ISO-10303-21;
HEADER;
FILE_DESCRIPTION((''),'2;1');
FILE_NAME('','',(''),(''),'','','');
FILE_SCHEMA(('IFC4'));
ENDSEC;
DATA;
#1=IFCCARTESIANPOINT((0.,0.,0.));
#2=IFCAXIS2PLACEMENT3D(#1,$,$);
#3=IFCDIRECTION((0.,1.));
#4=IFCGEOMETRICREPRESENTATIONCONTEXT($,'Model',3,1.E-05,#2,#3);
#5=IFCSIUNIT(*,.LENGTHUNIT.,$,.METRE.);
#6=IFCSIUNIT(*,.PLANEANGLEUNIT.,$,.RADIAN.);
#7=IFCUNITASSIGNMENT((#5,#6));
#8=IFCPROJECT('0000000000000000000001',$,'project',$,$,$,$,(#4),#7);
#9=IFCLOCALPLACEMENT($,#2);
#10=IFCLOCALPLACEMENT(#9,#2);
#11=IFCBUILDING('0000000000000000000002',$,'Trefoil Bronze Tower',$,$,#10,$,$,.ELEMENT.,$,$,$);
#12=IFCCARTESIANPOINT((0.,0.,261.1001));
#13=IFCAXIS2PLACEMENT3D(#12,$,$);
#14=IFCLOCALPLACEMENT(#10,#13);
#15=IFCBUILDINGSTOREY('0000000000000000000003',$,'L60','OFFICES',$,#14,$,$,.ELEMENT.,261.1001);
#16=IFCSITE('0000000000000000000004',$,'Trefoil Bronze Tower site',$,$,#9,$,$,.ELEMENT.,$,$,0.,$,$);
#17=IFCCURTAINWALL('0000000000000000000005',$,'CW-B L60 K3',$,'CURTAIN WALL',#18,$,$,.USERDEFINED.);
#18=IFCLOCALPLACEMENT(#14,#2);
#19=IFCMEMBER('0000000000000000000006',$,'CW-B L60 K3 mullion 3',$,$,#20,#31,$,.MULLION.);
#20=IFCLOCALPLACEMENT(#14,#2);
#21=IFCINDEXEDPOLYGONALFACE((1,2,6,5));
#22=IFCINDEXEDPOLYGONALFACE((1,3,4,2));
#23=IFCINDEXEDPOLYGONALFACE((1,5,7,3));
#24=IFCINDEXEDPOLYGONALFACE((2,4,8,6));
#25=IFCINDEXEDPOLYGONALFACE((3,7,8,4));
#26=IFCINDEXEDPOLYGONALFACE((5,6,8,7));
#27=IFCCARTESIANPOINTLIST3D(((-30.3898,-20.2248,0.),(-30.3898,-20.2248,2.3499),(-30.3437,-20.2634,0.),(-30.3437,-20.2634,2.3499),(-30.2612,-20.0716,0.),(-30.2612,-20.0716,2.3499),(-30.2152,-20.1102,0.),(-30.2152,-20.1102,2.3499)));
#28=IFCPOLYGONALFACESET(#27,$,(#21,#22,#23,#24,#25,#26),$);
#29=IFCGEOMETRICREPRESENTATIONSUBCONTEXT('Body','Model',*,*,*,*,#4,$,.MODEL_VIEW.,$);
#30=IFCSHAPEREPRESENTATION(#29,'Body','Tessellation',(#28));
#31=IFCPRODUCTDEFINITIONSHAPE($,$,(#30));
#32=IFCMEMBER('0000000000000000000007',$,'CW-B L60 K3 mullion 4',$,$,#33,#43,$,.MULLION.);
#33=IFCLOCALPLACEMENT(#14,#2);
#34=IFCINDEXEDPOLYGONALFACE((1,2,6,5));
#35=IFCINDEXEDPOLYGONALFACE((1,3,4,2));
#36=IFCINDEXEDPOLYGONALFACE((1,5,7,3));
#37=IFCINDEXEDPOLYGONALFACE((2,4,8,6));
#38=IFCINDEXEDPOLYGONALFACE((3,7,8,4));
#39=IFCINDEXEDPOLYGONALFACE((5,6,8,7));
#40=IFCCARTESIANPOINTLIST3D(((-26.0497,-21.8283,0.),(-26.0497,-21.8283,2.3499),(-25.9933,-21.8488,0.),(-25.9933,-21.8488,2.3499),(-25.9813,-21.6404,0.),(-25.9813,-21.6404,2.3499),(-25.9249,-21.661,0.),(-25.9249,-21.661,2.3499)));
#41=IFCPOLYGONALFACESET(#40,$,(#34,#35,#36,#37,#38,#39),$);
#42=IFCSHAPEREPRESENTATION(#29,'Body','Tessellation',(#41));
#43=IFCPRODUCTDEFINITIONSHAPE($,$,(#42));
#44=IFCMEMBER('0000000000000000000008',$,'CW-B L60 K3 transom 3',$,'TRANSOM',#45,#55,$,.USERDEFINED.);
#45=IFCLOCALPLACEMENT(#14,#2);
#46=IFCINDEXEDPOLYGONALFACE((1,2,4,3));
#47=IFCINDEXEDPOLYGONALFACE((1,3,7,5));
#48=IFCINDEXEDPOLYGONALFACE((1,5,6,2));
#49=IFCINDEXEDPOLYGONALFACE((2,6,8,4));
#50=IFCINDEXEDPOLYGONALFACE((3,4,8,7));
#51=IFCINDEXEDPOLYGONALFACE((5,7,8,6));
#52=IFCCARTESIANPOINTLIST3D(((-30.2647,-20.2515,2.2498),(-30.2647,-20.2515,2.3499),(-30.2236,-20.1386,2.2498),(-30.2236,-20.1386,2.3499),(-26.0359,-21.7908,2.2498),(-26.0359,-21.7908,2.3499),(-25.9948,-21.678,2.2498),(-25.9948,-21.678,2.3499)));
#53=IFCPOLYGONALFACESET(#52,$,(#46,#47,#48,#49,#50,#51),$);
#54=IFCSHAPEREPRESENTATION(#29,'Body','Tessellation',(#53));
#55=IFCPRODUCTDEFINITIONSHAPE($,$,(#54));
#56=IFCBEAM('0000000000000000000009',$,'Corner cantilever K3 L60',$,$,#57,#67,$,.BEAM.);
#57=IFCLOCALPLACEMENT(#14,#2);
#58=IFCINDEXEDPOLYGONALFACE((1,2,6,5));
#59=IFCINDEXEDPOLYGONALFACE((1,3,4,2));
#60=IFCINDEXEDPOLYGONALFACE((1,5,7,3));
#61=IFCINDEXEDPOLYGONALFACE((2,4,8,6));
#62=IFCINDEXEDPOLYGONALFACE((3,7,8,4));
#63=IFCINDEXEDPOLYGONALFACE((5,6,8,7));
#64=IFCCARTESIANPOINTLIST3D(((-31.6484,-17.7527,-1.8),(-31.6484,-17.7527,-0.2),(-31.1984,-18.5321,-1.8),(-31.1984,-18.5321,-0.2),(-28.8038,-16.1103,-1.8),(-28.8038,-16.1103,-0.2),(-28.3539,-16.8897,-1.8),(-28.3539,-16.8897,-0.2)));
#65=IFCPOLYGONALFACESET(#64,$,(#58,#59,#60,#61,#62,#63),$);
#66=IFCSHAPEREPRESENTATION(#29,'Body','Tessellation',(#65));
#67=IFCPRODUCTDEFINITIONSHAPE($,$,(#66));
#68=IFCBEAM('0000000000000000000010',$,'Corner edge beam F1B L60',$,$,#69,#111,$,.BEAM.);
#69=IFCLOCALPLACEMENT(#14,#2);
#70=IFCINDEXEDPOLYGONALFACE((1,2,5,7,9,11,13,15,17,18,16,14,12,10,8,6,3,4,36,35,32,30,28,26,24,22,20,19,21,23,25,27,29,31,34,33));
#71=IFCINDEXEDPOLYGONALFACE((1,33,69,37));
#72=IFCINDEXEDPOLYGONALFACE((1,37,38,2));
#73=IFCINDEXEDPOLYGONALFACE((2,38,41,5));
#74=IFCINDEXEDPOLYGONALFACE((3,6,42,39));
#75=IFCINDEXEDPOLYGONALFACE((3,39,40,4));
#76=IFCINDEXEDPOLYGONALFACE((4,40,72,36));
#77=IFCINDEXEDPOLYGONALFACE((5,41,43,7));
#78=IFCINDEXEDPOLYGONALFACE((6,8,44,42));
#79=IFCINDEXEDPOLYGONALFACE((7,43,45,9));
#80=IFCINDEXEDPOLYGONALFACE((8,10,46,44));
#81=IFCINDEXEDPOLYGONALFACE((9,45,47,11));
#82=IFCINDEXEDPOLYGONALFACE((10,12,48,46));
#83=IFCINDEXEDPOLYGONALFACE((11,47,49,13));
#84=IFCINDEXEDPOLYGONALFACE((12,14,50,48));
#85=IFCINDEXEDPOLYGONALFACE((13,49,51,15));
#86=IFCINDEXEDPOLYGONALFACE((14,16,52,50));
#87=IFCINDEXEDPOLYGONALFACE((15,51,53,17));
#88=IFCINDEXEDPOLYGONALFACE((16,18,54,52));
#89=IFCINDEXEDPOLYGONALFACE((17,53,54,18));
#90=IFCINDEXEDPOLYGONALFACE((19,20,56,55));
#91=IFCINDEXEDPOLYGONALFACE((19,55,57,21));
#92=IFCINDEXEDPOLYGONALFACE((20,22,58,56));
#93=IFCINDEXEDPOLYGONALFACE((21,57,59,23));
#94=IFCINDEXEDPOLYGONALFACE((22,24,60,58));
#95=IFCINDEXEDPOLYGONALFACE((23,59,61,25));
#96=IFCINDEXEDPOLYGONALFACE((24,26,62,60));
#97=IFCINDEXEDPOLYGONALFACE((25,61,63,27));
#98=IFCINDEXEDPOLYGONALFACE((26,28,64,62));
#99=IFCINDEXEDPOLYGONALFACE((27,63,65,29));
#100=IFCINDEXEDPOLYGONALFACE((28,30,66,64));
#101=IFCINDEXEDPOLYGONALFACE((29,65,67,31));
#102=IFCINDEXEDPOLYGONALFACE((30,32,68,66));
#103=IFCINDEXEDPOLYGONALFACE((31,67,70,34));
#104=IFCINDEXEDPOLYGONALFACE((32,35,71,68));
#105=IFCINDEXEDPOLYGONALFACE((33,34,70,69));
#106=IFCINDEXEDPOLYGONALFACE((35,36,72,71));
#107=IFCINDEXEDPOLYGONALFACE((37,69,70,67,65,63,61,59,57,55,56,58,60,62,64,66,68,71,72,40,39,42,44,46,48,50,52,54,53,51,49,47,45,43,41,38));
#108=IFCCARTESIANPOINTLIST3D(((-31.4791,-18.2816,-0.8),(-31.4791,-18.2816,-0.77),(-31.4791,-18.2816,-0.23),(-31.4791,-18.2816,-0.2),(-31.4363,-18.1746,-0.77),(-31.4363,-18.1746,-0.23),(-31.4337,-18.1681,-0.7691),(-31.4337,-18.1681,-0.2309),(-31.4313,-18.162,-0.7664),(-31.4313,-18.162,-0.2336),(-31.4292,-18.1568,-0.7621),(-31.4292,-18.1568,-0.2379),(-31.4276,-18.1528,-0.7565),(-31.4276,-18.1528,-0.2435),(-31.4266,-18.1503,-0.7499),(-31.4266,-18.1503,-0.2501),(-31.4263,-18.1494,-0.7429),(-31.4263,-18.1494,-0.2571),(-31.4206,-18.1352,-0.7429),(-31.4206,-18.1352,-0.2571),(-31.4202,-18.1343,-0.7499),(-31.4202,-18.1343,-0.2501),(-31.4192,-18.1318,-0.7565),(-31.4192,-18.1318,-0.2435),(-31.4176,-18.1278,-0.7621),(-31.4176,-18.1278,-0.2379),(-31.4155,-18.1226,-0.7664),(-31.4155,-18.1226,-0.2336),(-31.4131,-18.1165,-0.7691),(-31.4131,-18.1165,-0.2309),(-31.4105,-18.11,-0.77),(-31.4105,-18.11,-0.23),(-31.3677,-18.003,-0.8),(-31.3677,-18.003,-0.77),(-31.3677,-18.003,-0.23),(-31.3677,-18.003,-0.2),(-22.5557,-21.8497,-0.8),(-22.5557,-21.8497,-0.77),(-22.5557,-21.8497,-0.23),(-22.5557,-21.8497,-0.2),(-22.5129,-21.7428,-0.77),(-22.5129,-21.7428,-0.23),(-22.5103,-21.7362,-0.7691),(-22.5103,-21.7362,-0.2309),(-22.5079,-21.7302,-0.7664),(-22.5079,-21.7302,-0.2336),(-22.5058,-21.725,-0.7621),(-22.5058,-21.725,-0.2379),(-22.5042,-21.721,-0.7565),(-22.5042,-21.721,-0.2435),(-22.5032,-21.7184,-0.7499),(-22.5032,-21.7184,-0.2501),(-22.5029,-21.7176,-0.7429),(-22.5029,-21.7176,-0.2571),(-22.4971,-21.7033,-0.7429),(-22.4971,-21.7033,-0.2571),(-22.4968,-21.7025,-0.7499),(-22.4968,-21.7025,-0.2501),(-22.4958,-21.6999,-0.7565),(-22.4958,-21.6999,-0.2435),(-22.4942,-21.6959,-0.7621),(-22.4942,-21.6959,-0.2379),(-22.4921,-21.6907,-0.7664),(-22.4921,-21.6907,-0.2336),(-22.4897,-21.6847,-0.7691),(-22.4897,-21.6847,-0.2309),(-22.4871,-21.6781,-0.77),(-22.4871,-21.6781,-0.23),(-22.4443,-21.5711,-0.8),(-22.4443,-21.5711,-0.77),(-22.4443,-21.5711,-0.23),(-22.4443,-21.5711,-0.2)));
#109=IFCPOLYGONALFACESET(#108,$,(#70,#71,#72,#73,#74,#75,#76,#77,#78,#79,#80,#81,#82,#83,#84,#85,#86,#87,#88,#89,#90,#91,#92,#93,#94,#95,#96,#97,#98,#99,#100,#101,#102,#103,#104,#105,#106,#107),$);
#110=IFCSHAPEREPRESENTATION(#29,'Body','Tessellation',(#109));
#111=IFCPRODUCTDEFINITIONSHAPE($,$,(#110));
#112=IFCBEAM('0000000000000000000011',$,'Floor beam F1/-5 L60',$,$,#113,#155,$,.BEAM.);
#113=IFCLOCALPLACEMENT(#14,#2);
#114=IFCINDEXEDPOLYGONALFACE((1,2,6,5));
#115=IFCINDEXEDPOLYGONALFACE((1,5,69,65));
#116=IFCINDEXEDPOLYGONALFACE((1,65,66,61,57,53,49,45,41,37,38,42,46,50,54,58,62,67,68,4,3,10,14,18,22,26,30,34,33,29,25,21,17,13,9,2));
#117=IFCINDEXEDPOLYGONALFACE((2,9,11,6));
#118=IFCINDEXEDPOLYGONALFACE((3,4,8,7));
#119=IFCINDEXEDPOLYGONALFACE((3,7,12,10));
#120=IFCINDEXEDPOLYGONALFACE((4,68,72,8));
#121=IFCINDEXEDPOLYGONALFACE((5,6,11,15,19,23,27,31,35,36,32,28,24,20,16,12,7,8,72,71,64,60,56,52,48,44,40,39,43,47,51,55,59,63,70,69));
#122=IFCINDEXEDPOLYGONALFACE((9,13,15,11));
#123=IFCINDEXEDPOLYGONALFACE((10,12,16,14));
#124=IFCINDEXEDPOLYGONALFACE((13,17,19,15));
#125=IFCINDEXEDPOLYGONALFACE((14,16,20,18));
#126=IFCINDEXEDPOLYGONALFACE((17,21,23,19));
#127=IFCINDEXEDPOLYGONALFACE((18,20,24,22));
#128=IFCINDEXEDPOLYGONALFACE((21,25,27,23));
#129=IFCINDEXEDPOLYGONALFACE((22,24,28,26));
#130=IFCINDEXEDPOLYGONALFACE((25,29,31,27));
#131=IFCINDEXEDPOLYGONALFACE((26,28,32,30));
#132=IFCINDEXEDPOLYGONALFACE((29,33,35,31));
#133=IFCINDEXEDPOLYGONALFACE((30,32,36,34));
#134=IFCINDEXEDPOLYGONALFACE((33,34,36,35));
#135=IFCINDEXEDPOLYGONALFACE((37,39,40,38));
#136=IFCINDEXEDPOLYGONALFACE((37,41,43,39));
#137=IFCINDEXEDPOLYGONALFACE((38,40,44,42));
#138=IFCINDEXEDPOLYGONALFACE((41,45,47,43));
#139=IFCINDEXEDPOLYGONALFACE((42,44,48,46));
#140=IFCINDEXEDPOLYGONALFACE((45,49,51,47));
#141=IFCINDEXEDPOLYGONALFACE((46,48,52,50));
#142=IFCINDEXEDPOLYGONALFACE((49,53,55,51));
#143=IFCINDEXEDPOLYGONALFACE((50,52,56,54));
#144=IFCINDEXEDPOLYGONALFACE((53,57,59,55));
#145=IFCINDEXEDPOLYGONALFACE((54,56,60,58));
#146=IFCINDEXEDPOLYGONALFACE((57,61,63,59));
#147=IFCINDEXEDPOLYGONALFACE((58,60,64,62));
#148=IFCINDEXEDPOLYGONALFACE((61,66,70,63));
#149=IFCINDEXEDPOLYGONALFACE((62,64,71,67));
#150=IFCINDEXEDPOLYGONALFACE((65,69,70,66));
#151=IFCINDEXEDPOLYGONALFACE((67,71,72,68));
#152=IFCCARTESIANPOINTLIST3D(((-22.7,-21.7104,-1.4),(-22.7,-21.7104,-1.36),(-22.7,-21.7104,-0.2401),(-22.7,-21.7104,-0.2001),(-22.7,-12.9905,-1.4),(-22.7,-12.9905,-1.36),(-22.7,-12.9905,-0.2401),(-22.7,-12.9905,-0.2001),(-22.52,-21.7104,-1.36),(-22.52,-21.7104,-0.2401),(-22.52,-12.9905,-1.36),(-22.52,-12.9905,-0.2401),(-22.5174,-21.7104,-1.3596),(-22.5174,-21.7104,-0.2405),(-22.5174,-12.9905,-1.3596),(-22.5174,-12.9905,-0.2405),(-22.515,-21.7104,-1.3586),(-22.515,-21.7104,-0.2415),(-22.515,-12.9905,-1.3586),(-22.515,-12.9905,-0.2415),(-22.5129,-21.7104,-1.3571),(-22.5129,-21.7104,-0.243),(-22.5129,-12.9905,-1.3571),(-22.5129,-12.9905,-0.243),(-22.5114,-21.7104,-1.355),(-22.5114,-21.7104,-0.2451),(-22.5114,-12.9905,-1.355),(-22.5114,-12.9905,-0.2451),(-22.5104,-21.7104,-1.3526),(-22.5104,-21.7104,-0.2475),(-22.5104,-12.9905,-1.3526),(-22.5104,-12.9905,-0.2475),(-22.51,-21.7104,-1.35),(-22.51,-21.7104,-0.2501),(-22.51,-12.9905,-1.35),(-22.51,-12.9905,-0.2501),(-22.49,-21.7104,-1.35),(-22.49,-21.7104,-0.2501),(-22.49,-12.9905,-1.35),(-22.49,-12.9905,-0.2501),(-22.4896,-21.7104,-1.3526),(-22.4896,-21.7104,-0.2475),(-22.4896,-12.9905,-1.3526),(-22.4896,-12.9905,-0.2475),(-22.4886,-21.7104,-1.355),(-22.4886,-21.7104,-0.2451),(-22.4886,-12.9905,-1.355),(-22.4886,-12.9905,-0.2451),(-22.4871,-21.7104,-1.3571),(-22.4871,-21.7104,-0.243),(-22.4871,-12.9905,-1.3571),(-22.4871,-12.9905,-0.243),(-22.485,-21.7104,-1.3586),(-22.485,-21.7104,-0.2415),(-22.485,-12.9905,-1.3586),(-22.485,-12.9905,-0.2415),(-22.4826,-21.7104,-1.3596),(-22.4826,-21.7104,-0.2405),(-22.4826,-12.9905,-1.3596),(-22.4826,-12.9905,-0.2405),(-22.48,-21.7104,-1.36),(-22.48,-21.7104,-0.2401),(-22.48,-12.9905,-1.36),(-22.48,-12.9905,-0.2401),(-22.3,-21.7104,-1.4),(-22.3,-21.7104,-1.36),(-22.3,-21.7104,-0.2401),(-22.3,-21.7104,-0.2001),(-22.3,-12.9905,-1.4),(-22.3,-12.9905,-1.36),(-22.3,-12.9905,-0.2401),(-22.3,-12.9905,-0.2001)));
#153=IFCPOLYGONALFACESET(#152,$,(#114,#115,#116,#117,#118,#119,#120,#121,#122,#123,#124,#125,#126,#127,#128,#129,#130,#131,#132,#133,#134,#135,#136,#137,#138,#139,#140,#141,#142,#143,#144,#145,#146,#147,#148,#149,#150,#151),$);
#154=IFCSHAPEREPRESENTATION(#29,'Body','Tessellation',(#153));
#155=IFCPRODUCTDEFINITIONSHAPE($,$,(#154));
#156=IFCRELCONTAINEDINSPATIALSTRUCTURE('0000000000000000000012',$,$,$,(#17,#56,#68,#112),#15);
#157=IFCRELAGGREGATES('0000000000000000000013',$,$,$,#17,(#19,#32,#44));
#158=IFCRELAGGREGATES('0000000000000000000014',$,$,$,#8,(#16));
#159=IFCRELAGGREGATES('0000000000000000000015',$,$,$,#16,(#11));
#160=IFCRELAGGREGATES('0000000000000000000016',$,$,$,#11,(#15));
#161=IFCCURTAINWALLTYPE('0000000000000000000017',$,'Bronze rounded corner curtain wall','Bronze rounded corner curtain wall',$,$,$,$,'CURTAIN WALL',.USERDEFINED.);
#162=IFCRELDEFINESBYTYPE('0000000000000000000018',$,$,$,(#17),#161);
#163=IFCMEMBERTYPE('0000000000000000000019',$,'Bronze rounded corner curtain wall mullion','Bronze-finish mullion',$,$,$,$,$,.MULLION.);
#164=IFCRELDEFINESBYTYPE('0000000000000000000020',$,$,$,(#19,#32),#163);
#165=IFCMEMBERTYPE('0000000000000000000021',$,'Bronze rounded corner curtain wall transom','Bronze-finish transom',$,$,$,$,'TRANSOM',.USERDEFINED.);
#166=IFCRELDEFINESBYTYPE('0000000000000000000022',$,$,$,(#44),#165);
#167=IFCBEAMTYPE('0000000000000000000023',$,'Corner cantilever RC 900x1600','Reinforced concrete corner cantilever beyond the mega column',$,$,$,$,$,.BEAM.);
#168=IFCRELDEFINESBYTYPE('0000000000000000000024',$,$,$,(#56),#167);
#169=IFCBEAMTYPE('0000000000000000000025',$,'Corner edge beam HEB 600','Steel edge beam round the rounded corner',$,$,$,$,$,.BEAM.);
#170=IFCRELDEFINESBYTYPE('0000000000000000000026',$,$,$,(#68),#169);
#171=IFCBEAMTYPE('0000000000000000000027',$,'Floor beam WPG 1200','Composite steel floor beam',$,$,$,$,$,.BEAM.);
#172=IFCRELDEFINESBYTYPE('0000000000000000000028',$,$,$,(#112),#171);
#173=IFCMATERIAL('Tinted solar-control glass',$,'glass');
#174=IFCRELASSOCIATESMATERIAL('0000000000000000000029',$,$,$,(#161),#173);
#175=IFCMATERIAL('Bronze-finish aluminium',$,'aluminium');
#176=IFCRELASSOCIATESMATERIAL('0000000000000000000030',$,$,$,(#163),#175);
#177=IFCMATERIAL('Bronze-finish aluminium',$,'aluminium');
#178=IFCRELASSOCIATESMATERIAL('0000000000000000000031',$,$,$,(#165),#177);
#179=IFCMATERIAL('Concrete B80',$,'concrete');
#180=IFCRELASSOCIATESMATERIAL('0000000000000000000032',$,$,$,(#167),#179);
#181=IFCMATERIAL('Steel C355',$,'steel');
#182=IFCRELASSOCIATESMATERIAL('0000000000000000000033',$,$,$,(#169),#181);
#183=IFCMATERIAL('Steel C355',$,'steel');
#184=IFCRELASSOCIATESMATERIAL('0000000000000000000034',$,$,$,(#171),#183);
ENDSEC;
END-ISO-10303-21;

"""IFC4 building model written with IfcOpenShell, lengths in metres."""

from ifc_helpers import new_model, si_unit, direction, frame, origin, origin_2d, place, context, subcontext, project, spatial, rectangle, i_section, extrude, material, material_profile, profile_set, type_object, element, aggregate, save


model = new_model("IFC4")

# Units and contexts
model_context = context("Model", 3, precision=1e-05, world=origin(), true_north=direction((0.0, 1.0)))
body_context = subcontext(model_context, "Body", "Model", "MODEL_VIEW")
ifc_project = project(units=[si_unit("LENGTHUNIT", "METRE"), si_unit("PLANEANGLEUNIT", "RADIAN")], contexts=[model_context])

# Site, building, storey
site_placement = place(None, origin())
site = spatial("IfcSite", under=ifc_project, at=site_placement, Name="Trefoil Bronze Tower site", CompositionType="ELEMENT", RefElevation=0.0)
building_placement = place(site_placement, origin())
building = spatial("IfcBuilding", under=site, at=building_placement, Name="Trefoil Bronze Tower", CompositionType="ELEMENT")
storey_placement = place(building_placement, frame((0.0, 0.0, 261.1001)))
storey = spatial("IfcBuildingStorey", under=building, at=storey_placement, Name="L60", Description="OFFICES", CompositionType="ELEMENT", Elevation=261.1001)

# Curtain wall, members
ifc_material_1 = material(Name="Tinted solar-control glass", Category="glass")
curtain_wall_type_1 = type_object("IfcCurtainWallType", Name="Bronze rounded corner curtain wall", Description="Bronze rounded corner curtain wall", ElementType="CURTAIN WALL", PredefinedType="USERDEFINED", material=ifc_material_1)
curtain_wall_1_placement = place(storey_placement, origin())
curtain_wall_1 = element("IfcCurtainWall", 1, at=curtain_wall_1_placement, inside=storey, type_object=curtain_wall_type_1, Name="CW-B L60 K3", ObjectType="CURTAIN WALL", PredefinedType="USERDEFINED")
ifc_material_2 = material(Name="Bronze-finish aluminium", Category="aluminium")
ifc_material_profile_1 = material_profile(ifc_material_2, rectangle(XDim=0.2, YDim=0.0601, at=origin_2d()), Name="CW-B mullion")
ifc_profile_set_1 = profile_set([ifc_material_profile_1], Name="Bronze-finish aluminium")
member_type_1 = type_object("IfcMemberType", Name="Bronze rounded corner curtain wall mullion", Description="Bronze-finish mullion", PredefinedType="MULLION", material=ifc_profile_set_1)
member_1_placement = place(storey_placement, frame((-30.3025, -20.1675, 0.0), z_axis=(0.0, 0.0, 1.0), x_axis=(0.642788, 0.766044, 0.0)))
member_1 = element("IfcMember", 2, at=member_1_placement, type_object=member_type_1, Name="CW-B L60 K3 mullion 3", PredefinedType="MULLION", context=body_context, shape_type="SweptSolid", body=[
    extrude(rectangle(XDim=0.2, YDim=0.0601, at=origin_2d()), origin(), (0.0, 0.0, 1.0), 2.3499),
])
member_2_placement = place(storey_placement, frame((-25.9873, -21.7446, 0.0), z_axis=(0.0, 0.0, 1.0), x_axis=(0.34202, 0.939693, 0.0)))
member_2 = element("IfcMember", 3, at=member_2_placement, type_object=member_type_1, Name="CW-B L60 K3 mullion 4", PredefinedType="MULLION", context=body_context, shape_type="SweptSolid", body=[
    extrude(rectangle(XDim=0.2, YDim=0.0601, at=origin_2d()), origin(), (0.0, 0.0, 1.0), 2.3499),
])
ifc_material_3 = material(Name="Bronze-finish aluminium", Category="aluminium")
ifc_material_profile_2 = material_profile(ifc_material_3, rectangle(XDim=0.1201, YDim=0.1001, at=origin_2d()), Name="CW-B transom")
ifc_profile_set_2 = profile_set([ifc_material_profile_2], Name="Bronze-finish aluminium")
member_type_2 = type_object("IfcMemberType", Name="Bronze rounded corner curtain wall transom", Description="Bronze-finish transom", ElementType="TRANSOM", PredefinedType="USERDEFINED", material=ifc_profile_set_2)
member_3_placement = place(storey_placement, frame((-30.2441, -20.1951, 2.2998), z_axis=(0.939681, -0.342052, 0.0), x_axis=(0.342052, 0.939681, 0.0)))
member_3 = element("IfcMember", 4, at=member_3_placement, type_object=member_type_2, Name="CW-B L60 K3 transom 3", ObjectType="TRANSOM", PredefinedType="USERDEFINED", context=body_context, shape_type="SweptSolid", body=[
    extrude(rectangle(XDim=0.1201, YDim=0.1001, at=origin_2d()), origin(), (0.0, 0.0, 1.0), 4.5002),
])

# Beams
ifc_material_4 = material(Name="Concrete B80", Category="concrete")
ifc_material_profile_3 = material_profile(ifc_material_4, rectangle(XDim=0.8999, YDim=1.6001, at=origin_2d()), Name="RC 900x1600")
ifc_profile_set_3 = profile_set([ifc_material_profile_3], Name="Concrete B80")
beam_type_1 = type_object("IfcBeamType", Name="Corner cantilever RC 900x1600", Description="Reinforced concrete corner cantilever beyond the mega column", PredefinedType="BEAM", material=ifc_profile_set_3)
beam_1_placement = place(storey_placement, frame((-28.5789, -16.5, -1.0), z_axis=(-0.866016, -0.500016, 0.0), x_axis=(0.500016, -0.866016, 0.0)))
element("IfcBeam", 5, at=beam_1_placement, inside=storey, type_object=beam_type_1, Name="Corner cantilever K3 L60", PredefinedType="BEAM", context=body_context, shape_type="SweptSolid", body=[
    extrude(rectangle(XDim=0.8999, YDim=1.6001, at=origin_2d()), origin(), (0.0, 0.0, 1.0), 3.2847),
])
ifc_material_5 = material(Name="Steel C355", Category="steel")
ifc_material_profile_4 = material_profile(ifc_material_5, i_section(OverallWidth=0.3, OverallDepth=0.6001, WebThickness=0.0154, FlangeThickness=0.03, FilletRadius=0.0271, at=origin_2d()), Name="HEB 600")
ifc_profile_set_4 = profile_set([ifc_material_profile_4], Name="Steel C355")
beam_type_2 = type_object("IfcBeamType", Name="Corner edge beam HEB 600", Description="Steel edge beam round the rounded corner", PredefinedType="BEAM", material=ifc_profile_set_4)
beam_2_placement = place(storey_placement, frame((-22.5, -21.7104, -0.5), z_axis=(-0.92852, 0.371281, 0.0), x_axis=(-0.371281, -0.92852, 0.0)))
element("IfcBeam", 6, at=beam_2_placement, inside=storey, type_object=beam_type_2, Name="Corner edge beam F1B L60", PredefinedType="BEAM", context=body_context, shape_type="SweptSolid", body=[
    extrude(i_section(OverallWidth=0.3, OverallDepth=0.6001, WebThickness=0.0154, FlangeThickness=0.03, FilletRadius=0.0271, at=origin_2d()), origin(), (0.0, 0.0, 1.0), 9.6104),
])
ifc_material_6 = material(Name="Steel C355", Category="steel")
ifc_material_profile_5 = material_profile(ifc_material_6, i_section(OverallWidth=0.3999, OverallDepth=1.2, WebThickness=0.02, FlangeThickness=0.04, FilletRadius=0.01, at=origin_2d()), Name="WPG 1200")
ifc_profile_set_5 = profile_set([ifc_material_profile_5], Name="Steel C355")
beam_type_3 = type_object("IfcBeamType", Name="Floor beam WPG 1200", Description="Composite steel floor beam", PredefinedType="BEAM", material=ifc_profile_set_5)
beam_3_placement = place(storey_placement, frame((-22.5, -21.7104, -0.8), z_axis=(0.0, 1.0, 0.0), x_axis=(-1.0, 0.0, 0.0)))
element("IfcBeam", 7, at=beam_3_placement, inside=storey, type_object=beam_type_3, Name="Floor beam F1/-5 L60", PredefinedType="BEAM", context=body_context, shape_type="SweptSolid", body=[
    extrude(i_section(OverallWidth=0.3999, OverallDepth=1.2, WebThickness=0.02, FlangeThickness=0.04, FilletRadius=0.01, at=origin_2d()), origin(), (0.0, 0.0, 1.0), 8.72),
])

aggregate(curtain_wall_1, [member_1, member_2, member_3])

save(model, "model.ifc")
